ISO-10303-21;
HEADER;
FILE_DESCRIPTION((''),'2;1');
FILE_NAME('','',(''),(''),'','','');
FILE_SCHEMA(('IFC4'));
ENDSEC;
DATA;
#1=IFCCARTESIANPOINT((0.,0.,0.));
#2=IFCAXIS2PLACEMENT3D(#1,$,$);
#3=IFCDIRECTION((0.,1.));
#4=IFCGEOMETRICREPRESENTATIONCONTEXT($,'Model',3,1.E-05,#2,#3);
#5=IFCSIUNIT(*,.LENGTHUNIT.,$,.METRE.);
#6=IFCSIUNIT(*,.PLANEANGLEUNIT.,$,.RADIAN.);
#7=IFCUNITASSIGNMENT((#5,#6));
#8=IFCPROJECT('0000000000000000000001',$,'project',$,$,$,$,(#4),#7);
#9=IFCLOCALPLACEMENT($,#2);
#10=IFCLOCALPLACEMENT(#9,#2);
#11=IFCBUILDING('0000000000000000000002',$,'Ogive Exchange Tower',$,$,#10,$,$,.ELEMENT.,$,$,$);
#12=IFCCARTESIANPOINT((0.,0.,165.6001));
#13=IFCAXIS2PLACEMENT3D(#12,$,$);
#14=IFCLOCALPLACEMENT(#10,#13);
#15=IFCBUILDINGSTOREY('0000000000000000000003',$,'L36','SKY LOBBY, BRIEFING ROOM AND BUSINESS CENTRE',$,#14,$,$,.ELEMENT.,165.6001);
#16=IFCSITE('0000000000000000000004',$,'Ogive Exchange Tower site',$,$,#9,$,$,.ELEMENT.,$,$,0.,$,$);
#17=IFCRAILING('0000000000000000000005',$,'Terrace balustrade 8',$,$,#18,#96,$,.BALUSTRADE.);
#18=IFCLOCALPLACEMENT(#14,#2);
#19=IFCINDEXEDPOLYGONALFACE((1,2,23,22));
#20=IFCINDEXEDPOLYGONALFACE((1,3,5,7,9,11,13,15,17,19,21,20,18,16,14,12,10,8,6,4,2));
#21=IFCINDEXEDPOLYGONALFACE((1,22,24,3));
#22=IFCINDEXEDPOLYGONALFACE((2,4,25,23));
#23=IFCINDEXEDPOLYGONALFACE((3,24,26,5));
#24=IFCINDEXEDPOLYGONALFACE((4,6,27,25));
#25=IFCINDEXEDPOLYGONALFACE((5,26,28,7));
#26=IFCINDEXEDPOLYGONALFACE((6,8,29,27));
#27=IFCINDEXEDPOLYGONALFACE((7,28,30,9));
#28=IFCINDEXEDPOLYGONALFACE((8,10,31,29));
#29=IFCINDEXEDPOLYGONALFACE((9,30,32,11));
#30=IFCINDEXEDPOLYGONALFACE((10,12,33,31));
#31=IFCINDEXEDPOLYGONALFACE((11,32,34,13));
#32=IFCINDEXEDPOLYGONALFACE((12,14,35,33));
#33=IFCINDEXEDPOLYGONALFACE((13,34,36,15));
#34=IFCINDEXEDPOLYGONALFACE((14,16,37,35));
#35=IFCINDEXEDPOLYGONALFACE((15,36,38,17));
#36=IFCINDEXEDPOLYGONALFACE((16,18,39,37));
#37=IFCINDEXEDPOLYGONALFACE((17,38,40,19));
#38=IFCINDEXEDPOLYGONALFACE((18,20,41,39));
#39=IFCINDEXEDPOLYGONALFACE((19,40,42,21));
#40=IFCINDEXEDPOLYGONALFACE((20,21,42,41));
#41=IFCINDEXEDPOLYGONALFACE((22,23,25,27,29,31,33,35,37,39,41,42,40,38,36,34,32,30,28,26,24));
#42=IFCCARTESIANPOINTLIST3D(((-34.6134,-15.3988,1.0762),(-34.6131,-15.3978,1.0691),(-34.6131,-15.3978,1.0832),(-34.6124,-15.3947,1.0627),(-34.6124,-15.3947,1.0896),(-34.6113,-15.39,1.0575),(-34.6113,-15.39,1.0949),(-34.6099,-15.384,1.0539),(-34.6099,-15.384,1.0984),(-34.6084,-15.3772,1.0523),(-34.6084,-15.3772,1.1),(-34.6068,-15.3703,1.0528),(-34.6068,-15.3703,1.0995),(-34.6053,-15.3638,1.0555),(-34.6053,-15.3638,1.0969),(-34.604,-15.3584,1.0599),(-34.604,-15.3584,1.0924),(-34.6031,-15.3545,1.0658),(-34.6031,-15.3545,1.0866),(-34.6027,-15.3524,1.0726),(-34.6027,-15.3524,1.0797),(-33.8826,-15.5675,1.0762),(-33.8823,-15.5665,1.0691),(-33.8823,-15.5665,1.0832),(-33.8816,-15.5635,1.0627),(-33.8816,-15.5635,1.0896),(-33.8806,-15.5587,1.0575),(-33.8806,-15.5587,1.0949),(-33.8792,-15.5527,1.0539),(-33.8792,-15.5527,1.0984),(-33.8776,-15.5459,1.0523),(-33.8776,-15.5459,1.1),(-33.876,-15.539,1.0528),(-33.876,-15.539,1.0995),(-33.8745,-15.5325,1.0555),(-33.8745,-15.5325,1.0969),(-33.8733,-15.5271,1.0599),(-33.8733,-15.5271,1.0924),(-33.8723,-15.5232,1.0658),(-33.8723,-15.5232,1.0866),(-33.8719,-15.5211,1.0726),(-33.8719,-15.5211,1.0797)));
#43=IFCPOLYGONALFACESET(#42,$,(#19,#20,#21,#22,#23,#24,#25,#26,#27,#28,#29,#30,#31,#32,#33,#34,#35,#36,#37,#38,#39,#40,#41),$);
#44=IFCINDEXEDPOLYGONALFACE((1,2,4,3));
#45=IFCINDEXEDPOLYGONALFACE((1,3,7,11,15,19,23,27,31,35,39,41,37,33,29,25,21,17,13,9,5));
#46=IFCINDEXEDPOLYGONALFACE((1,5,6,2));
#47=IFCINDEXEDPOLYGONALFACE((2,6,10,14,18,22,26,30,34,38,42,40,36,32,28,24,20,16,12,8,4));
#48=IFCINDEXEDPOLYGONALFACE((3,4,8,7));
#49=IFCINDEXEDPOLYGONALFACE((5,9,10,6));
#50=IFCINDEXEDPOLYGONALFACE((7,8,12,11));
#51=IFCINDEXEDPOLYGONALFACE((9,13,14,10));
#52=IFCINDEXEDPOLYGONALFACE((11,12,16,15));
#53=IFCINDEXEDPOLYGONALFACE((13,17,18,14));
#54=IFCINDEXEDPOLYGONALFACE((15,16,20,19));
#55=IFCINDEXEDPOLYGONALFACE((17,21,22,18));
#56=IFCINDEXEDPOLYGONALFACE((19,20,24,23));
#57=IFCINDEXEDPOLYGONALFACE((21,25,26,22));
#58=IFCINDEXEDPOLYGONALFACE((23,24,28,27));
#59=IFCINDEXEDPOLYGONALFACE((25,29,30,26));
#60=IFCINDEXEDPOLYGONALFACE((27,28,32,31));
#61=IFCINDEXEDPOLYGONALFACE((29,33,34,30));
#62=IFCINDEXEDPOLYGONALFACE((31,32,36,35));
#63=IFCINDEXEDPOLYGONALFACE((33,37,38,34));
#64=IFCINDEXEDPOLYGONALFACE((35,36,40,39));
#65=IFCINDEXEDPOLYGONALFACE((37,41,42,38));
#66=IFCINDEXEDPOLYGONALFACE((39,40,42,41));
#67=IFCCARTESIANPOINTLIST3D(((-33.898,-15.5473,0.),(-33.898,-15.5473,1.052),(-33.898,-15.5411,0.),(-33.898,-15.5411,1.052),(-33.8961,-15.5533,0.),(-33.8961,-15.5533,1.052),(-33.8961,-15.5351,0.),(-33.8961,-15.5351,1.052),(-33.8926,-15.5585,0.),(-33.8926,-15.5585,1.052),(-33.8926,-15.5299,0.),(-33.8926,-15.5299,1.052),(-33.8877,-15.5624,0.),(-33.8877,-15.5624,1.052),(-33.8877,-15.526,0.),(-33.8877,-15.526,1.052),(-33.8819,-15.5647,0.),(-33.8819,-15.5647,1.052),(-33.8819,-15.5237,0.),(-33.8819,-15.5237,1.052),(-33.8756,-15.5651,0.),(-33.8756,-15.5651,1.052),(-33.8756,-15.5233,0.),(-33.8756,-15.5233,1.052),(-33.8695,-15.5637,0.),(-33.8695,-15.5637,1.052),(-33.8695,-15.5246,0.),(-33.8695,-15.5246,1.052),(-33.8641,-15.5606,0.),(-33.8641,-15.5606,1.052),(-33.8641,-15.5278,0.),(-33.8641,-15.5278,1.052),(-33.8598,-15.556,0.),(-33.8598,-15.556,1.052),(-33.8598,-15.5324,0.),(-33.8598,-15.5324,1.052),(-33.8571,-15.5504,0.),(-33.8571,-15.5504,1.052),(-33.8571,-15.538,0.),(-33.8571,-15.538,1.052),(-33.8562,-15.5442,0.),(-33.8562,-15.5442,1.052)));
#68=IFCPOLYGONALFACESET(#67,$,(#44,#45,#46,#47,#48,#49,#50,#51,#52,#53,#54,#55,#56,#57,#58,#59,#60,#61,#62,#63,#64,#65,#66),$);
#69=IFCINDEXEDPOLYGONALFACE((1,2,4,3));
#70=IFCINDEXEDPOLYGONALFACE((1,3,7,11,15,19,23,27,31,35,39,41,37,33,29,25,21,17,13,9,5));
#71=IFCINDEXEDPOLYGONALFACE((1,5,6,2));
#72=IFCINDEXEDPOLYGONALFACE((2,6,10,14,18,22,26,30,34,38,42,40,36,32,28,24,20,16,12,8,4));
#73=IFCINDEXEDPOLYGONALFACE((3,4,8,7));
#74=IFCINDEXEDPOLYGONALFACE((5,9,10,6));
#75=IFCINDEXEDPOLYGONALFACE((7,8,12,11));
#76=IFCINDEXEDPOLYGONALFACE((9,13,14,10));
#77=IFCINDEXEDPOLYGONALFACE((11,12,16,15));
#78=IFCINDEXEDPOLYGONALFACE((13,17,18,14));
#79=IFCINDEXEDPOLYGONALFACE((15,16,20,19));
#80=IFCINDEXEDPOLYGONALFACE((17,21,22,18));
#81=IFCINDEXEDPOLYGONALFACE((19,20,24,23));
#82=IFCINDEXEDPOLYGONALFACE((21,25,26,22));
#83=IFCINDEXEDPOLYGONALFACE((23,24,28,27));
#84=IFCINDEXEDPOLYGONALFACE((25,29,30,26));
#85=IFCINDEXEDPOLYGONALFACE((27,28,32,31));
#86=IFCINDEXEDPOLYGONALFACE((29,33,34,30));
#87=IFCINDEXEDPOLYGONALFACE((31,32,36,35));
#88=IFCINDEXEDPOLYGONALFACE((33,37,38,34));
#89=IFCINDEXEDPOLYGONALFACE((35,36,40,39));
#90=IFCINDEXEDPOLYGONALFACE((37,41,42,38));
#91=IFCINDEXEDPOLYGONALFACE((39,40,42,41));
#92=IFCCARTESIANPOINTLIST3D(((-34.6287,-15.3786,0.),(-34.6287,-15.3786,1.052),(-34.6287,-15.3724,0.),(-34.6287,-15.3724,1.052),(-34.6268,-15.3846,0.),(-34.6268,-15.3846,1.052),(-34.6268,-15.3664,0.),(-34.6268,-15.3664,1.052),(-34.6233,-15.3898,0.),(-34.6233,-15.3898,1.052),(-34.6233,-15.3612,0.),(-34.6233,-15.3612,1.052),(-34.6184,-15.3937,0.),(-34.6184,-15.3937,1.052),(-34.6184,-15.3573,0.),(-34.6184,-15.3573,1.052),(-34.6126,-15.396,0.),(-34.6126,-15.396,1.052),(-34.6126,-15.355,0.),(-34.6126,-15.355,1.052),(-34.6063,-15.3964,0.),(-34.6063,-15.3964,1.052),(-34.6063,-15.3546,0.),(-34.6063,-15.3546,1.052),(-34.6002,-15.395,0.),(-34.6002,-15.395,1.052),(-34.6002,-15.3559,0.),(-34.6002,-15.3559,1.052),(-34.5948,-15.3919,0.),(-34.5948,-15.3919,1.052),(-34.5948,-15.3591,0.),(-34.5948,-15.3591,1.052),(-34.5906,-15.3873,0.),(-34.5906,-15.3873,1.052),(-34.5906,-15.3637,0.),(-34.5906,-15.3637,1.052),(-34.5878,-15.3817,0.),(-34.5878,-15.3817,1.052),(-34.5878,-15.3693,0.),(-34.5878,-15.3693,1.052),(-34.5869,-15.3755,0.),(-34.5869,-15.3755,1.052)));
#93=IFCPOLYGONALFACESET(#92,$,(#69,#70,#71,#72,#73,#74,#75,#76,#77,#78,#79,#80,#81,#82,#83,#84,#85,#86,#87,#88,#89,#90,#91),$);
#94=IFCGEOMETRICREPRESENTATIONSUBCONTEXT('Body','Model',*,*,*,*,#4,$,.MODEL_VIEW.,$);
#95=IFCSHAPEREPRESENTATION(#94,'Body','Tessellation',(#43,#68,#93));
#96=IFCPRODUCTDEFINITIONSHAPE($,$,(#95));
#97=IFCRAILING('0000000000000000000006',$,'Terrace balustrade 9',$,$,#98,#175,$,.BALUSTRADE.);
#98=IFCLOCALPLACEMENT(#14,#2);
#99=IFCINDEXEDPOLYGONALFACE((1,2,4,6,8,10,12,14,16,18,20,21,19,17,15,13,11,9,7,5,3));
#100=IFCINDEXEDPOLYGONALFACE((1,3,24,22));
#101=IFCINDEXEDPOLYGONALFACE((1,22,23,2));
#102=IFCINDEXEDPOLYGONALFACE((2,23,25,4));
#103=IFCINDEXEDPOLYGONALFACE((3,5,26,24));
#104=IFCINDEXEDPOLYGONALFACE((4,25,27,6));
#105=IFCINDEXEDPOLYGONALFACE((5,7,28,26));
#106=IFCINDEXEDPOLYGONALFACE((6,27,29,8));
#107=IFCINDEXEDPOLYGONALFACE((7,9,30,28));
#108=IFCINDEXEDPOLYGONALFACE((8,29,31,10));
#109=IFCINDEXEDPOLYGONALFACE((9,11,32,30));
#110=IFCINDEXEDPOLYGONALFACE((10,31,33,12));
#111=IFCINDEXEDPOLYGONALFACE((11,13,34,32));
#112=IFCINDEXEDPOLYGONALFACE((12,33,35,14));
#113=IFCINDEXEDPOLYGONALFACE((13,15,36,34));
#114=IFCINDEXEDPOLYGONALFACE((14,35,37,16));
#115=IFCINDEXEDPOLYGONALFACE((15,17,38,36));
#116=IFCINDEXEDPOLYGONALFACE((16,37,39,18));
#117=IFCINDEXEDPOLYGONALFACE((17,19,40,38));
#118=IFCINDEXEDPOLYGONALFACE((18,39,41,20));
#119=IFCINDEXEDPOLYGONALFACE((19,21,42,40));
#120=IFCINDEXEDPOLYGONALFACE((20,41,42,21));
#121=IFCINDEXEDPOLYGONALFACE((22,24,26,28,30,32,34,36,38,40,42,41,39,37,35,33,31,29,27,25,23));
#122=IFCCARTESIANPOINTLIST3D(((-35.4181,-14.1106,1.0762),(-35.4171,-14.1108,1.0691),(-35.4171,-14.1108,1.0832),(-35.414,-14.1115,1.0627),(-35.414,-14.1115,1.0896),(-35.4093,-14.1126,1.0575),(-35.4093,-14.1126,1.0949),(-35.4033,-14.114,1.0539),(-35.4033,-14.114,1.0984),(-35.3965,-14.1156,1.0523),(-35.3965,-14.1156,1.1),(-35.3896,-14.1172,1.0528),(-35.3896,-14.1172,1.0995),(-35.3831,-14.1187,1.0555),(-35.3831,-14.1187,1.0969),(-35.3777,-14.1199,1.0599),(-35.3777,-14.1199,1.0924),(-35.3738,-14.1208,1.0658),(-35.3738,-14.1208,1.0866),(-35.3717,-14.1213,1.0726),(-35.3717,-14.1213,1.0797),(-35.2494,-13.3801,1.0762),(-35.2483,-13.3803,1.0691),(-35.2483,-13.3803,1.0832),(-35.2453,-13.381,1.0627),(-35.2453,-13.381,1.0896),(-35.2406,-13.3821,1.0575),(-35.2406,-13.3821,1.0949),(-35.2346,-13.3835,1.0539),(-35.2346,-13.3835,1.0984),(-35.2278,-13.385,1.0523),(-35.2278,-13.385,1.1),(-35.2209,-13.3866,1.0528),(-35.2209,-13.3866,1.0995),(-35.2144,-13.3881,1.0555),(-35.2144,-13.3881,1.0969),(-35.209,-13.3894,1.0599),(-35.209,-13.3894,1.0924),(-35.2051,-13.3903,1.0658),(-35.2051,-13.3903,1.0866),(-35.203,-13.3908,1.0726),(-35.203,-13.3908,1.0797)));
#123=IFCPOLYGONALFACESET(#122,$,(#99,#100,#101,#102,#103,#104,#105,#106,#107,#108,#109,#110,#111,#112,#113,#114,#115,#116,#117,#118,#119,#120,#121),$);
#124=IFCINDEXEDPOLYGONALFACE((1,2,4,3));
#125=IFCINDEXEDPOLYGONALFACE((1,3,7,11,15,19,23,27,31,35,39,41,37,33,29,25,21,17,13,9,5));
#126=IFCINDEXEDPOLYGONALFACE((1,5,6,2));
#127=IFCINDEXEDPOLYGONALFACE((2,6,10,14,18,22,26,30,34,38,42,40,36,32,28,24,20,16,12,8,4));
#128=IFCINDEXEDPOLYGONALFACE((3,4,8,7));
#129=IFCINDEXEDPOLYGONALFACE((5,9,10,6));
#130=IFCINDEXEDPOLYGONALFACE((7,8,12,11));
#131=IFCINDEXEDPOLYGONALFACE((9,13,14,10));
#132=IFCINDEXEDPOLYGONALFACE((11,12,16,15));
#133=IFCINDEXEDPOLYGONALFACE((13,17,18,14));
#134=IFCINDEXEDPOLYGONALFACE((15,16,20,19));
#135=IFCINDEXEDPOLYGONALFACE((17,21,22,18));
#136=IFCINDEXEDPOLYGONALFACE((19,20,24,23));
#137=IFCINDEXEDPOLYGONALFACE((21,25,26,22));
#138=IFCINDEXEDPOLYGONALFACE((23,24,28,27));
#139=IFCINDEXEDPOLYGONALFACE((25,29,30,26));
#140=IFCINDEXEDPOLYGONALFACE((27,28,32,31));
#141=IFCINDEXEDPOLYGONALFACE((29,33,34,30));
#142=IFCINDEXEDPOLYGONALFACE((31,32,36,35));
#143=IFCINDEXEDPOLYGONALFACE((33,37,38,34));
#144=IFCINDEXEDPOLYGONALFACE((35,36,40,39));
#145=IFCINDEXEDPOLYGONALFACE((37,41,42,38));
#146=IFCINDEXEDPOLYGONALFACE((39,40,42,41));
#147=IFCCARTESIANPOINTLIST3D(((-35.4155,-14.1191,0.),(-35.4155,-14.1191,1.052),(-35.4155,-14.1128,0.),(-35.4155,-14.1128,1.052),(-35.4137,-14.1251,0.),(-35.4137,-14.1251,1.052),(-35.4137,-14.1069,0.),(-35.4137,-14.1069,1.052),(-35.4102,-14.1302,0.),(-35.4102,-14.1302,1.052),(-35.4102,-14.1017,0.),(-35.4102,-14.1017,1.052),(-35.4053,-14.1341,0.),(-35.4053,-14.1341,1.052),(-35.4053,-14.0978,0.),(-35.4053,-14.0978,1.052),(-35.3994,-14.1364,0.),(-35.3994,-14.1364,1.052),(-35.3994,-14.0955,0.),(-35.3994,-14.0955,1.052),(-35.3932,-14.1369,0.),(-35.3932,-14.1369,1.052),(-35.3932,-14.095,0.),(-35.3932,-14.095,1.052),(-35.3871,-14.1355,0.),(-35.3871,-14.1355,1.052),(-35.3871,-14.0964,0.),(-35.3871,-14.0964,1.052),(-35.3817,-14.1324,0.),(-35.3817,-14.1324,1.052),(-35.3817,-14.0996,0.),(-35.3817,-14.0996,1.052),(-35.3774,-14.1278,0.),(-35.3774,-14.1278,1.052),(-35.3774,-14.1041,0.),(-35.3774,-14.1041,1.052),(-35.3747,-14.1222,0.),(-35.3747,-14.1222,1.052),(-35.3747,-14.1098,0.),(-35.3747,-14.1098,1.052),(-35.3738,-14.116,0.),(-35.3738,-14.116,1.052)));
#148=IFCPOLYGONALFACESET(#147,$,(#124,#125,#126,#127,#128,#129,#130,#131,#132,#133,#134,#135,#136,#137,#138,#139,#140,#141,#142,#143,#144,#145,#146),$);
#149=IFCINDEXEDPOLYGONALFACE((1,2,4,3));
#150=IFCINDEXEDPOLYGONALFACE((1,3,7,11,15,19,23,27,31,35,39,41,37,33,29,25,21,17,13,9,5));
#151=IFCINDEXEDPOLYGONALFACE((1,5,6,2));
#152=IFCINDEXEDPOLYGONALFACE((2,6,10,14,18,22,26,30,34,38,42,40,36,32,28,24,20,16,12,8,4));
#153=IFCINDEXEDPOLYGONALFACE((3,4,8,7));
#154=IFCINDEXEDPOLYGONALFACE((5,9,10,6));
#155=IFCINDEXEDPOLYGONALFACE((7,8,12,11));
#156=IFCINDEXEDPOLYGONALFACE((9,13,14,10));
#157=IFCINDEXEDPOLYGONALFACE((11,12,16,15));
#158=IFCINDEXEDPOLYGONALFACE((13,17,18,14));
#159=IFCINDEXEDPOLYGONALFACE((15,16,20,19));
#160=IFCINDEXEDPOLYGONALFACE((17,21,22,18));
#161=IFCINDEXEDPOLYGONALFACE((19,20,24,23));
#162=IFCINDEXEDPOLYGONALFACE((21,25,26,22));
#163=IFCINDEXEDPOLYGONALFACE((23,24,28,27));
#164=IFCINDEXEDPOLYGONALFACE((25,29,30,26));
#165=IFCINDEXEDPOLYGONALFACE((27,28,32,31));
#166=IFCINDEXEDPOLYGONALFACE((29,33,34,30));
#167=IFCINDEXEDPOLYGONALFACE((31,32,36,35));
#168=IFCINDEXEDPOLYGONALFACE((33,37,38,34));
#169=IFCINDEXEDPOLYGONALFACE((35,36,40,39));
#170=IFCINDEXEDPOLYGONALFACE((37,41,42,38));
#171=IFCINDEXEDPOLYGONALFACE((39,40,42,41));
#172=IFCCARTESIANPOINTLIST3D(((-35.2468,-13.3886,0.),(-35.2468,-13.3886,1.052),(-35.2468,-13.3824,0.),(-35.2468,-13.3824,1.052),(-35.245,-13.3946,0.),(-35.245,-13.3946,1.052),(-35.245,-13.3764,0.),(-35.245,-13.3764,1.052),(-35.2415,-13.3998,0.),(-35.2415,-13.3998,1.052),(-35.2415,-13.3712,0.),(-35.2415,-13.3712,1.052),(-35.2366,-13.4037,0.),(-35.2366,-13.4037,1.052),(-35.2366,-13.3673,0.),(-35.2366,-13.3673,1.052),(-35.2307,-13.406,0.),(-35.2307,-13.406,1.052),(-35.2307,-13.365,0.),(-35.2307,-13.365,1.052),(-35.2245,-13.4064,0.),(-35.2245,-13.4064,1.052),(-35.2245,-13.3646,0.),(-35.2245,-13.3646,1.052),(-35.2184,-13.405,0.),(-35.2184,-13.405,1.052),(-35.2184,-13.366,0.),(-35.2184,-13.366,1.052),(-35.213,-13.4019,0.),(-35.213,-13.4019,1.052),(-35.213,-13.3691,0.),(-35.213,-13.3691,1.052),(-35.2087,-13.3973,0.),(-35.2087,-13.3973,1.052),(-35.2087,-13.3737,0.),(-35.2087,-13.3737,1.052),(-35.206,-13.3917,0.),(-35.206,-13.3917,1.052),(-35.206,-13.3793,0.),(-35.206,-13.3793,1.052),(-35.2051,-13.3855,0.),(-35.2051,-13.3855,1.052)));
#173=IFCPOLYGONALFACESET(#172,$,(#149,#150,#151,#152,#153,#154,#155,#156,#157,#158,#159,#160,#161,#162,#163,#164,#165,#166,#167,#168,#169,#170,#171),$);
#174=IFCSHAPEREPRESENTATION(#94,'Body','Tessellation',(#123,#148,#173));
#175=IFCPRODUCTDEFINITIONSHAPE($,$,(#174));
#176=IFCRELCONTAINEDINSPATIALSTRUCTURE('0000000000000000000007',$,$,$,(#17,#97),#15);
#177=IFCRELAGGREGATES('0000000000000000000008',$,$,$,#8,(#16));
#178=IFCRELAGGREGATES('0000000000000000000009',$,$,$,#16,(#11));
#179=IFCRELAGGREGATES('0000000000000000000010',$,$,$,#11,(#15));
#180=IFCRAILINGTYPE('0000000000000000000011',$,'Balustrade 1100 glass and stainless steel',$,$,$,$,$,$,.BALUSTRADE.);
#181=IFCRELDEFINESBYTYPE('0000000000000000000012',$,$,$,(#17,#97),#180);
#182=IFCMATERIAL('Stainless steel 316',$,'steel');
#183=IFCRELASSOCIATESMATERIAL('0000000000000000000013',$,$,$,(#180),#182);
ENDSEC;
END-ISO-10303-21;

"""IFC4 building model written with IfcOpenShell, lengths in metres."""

from ifc_helpers import new_model, si_unit, direction, frame, origin, origin_2d, place, context, subcontext, project, spatial, circle, extrude, material, type_object, element, save


model = new_model("IFC4")

# Units and contexts
model_context = context("Model", 3, precision=1e-05, world=origin(), true_north=direction((0.0, 1.0)))
body_context = subcontext(model_context, "Body", "Model", "MODEL_VIEW")
ifc_project = project(units=[si_unit("LENGTHUNIT", "METRE"), si_unit("PLANEANGLEUNIT", "RADIAN")], contexts=[model_context])

# Site, building, storey
site_placement = place(None, origin())
site = spatial("IfcSite", under=ifc_project, at=site_placement, Name="Ogive Exchange Tower site", CompositionType="ELEMENT", RefElevation=0.0)
building_placement = place(site_placement, origin())
building = spatial("IfcBuilding", under=site, at=building_placement, Name="Ogive Exchange Tower", CompositionType="ELEMENT")
storey_placement = place(building_placement, frame((0.0, 0.0, 165.6001)))
storey = spatial("IfcBuildingStorey", under=building, at=storey_placement, Name="L36", Description="SKY LOBBY, BRIEFING ROOM AND BUSINESS CENTRE", CompositionType="ELEMENT", Elevation=165.6001)

# Railings
ifc_material_1 = material(Name="Stainless steel 316", Category="steel")
railing_type_1 = type_object("IfcRailingType", Name="Balustrade 1100 glass and stainless steel", PredefinedType="BALUSTRADE", material=ifc_material_1)
railing_1_placement = place(storey_placement, frame((-33.8772, -15.5442, 0.0)))
element("IfcRailing", 1, at=railing_1_placement, inside=storey, type_object=railing_type_1, Name="Terrace balustrade 8", PredefinedType="BALUSTRADE", context=body_context, shape_type="SweptSolid", body=[
    extrude(circle(Radius=0.0239, at=origin_2d()), frame((0.0, 0.0, 1.0762), z_axis=(-0.974369, 0.224955, 0.0), x_axis=(-0.224955, -0.974369, 0.0)), (0.0, 0.0, 1.0), 0.75),
    extrude(circle(Radius=0.021, at=origin_2d()), origin(), (0.0, 0.0, 1.0), 1.052),
    extrude(circle(Radius=0.021, at=origin_2d()), frame((-0.7307, 0.1687, 0.0)), (0.0, 0.0, 1.0), 1.052),
])
railing_2_placement = place(storey_placement, frame((-35.3948, -14.116, 0.0)))
element("IfcRailing", 2, at=railing_2_placement, inside=storey, type_object=railing_type_1, Name="Terrace balustrade 9", PredefinedType="BALUSTRADE", context=body_context, shape_type="SweptSolid", body=[
    extrude(circle(Radius=0.0239, at=origin_2d()), frame((0.0, 0.0, 1.0762), z_axis=(0.225026, 0.974353, 0.0), x_axis=(-0.974353, 0.225026, 0.0)), (0.0, 0.0, 1.0), 0.7498),
    extrude(circle(Radius=0.021, at=origin_2d()), origin(), (0.0, 0.0, 1.0), 1.052),
    extrude(circle(Radius=0.021, at=origin_2d()), frame((0.1687, 0.7305, 0.0)), (0.0, 0.0, 1.0), 1.052),
])

save(model, "model.ifc")
